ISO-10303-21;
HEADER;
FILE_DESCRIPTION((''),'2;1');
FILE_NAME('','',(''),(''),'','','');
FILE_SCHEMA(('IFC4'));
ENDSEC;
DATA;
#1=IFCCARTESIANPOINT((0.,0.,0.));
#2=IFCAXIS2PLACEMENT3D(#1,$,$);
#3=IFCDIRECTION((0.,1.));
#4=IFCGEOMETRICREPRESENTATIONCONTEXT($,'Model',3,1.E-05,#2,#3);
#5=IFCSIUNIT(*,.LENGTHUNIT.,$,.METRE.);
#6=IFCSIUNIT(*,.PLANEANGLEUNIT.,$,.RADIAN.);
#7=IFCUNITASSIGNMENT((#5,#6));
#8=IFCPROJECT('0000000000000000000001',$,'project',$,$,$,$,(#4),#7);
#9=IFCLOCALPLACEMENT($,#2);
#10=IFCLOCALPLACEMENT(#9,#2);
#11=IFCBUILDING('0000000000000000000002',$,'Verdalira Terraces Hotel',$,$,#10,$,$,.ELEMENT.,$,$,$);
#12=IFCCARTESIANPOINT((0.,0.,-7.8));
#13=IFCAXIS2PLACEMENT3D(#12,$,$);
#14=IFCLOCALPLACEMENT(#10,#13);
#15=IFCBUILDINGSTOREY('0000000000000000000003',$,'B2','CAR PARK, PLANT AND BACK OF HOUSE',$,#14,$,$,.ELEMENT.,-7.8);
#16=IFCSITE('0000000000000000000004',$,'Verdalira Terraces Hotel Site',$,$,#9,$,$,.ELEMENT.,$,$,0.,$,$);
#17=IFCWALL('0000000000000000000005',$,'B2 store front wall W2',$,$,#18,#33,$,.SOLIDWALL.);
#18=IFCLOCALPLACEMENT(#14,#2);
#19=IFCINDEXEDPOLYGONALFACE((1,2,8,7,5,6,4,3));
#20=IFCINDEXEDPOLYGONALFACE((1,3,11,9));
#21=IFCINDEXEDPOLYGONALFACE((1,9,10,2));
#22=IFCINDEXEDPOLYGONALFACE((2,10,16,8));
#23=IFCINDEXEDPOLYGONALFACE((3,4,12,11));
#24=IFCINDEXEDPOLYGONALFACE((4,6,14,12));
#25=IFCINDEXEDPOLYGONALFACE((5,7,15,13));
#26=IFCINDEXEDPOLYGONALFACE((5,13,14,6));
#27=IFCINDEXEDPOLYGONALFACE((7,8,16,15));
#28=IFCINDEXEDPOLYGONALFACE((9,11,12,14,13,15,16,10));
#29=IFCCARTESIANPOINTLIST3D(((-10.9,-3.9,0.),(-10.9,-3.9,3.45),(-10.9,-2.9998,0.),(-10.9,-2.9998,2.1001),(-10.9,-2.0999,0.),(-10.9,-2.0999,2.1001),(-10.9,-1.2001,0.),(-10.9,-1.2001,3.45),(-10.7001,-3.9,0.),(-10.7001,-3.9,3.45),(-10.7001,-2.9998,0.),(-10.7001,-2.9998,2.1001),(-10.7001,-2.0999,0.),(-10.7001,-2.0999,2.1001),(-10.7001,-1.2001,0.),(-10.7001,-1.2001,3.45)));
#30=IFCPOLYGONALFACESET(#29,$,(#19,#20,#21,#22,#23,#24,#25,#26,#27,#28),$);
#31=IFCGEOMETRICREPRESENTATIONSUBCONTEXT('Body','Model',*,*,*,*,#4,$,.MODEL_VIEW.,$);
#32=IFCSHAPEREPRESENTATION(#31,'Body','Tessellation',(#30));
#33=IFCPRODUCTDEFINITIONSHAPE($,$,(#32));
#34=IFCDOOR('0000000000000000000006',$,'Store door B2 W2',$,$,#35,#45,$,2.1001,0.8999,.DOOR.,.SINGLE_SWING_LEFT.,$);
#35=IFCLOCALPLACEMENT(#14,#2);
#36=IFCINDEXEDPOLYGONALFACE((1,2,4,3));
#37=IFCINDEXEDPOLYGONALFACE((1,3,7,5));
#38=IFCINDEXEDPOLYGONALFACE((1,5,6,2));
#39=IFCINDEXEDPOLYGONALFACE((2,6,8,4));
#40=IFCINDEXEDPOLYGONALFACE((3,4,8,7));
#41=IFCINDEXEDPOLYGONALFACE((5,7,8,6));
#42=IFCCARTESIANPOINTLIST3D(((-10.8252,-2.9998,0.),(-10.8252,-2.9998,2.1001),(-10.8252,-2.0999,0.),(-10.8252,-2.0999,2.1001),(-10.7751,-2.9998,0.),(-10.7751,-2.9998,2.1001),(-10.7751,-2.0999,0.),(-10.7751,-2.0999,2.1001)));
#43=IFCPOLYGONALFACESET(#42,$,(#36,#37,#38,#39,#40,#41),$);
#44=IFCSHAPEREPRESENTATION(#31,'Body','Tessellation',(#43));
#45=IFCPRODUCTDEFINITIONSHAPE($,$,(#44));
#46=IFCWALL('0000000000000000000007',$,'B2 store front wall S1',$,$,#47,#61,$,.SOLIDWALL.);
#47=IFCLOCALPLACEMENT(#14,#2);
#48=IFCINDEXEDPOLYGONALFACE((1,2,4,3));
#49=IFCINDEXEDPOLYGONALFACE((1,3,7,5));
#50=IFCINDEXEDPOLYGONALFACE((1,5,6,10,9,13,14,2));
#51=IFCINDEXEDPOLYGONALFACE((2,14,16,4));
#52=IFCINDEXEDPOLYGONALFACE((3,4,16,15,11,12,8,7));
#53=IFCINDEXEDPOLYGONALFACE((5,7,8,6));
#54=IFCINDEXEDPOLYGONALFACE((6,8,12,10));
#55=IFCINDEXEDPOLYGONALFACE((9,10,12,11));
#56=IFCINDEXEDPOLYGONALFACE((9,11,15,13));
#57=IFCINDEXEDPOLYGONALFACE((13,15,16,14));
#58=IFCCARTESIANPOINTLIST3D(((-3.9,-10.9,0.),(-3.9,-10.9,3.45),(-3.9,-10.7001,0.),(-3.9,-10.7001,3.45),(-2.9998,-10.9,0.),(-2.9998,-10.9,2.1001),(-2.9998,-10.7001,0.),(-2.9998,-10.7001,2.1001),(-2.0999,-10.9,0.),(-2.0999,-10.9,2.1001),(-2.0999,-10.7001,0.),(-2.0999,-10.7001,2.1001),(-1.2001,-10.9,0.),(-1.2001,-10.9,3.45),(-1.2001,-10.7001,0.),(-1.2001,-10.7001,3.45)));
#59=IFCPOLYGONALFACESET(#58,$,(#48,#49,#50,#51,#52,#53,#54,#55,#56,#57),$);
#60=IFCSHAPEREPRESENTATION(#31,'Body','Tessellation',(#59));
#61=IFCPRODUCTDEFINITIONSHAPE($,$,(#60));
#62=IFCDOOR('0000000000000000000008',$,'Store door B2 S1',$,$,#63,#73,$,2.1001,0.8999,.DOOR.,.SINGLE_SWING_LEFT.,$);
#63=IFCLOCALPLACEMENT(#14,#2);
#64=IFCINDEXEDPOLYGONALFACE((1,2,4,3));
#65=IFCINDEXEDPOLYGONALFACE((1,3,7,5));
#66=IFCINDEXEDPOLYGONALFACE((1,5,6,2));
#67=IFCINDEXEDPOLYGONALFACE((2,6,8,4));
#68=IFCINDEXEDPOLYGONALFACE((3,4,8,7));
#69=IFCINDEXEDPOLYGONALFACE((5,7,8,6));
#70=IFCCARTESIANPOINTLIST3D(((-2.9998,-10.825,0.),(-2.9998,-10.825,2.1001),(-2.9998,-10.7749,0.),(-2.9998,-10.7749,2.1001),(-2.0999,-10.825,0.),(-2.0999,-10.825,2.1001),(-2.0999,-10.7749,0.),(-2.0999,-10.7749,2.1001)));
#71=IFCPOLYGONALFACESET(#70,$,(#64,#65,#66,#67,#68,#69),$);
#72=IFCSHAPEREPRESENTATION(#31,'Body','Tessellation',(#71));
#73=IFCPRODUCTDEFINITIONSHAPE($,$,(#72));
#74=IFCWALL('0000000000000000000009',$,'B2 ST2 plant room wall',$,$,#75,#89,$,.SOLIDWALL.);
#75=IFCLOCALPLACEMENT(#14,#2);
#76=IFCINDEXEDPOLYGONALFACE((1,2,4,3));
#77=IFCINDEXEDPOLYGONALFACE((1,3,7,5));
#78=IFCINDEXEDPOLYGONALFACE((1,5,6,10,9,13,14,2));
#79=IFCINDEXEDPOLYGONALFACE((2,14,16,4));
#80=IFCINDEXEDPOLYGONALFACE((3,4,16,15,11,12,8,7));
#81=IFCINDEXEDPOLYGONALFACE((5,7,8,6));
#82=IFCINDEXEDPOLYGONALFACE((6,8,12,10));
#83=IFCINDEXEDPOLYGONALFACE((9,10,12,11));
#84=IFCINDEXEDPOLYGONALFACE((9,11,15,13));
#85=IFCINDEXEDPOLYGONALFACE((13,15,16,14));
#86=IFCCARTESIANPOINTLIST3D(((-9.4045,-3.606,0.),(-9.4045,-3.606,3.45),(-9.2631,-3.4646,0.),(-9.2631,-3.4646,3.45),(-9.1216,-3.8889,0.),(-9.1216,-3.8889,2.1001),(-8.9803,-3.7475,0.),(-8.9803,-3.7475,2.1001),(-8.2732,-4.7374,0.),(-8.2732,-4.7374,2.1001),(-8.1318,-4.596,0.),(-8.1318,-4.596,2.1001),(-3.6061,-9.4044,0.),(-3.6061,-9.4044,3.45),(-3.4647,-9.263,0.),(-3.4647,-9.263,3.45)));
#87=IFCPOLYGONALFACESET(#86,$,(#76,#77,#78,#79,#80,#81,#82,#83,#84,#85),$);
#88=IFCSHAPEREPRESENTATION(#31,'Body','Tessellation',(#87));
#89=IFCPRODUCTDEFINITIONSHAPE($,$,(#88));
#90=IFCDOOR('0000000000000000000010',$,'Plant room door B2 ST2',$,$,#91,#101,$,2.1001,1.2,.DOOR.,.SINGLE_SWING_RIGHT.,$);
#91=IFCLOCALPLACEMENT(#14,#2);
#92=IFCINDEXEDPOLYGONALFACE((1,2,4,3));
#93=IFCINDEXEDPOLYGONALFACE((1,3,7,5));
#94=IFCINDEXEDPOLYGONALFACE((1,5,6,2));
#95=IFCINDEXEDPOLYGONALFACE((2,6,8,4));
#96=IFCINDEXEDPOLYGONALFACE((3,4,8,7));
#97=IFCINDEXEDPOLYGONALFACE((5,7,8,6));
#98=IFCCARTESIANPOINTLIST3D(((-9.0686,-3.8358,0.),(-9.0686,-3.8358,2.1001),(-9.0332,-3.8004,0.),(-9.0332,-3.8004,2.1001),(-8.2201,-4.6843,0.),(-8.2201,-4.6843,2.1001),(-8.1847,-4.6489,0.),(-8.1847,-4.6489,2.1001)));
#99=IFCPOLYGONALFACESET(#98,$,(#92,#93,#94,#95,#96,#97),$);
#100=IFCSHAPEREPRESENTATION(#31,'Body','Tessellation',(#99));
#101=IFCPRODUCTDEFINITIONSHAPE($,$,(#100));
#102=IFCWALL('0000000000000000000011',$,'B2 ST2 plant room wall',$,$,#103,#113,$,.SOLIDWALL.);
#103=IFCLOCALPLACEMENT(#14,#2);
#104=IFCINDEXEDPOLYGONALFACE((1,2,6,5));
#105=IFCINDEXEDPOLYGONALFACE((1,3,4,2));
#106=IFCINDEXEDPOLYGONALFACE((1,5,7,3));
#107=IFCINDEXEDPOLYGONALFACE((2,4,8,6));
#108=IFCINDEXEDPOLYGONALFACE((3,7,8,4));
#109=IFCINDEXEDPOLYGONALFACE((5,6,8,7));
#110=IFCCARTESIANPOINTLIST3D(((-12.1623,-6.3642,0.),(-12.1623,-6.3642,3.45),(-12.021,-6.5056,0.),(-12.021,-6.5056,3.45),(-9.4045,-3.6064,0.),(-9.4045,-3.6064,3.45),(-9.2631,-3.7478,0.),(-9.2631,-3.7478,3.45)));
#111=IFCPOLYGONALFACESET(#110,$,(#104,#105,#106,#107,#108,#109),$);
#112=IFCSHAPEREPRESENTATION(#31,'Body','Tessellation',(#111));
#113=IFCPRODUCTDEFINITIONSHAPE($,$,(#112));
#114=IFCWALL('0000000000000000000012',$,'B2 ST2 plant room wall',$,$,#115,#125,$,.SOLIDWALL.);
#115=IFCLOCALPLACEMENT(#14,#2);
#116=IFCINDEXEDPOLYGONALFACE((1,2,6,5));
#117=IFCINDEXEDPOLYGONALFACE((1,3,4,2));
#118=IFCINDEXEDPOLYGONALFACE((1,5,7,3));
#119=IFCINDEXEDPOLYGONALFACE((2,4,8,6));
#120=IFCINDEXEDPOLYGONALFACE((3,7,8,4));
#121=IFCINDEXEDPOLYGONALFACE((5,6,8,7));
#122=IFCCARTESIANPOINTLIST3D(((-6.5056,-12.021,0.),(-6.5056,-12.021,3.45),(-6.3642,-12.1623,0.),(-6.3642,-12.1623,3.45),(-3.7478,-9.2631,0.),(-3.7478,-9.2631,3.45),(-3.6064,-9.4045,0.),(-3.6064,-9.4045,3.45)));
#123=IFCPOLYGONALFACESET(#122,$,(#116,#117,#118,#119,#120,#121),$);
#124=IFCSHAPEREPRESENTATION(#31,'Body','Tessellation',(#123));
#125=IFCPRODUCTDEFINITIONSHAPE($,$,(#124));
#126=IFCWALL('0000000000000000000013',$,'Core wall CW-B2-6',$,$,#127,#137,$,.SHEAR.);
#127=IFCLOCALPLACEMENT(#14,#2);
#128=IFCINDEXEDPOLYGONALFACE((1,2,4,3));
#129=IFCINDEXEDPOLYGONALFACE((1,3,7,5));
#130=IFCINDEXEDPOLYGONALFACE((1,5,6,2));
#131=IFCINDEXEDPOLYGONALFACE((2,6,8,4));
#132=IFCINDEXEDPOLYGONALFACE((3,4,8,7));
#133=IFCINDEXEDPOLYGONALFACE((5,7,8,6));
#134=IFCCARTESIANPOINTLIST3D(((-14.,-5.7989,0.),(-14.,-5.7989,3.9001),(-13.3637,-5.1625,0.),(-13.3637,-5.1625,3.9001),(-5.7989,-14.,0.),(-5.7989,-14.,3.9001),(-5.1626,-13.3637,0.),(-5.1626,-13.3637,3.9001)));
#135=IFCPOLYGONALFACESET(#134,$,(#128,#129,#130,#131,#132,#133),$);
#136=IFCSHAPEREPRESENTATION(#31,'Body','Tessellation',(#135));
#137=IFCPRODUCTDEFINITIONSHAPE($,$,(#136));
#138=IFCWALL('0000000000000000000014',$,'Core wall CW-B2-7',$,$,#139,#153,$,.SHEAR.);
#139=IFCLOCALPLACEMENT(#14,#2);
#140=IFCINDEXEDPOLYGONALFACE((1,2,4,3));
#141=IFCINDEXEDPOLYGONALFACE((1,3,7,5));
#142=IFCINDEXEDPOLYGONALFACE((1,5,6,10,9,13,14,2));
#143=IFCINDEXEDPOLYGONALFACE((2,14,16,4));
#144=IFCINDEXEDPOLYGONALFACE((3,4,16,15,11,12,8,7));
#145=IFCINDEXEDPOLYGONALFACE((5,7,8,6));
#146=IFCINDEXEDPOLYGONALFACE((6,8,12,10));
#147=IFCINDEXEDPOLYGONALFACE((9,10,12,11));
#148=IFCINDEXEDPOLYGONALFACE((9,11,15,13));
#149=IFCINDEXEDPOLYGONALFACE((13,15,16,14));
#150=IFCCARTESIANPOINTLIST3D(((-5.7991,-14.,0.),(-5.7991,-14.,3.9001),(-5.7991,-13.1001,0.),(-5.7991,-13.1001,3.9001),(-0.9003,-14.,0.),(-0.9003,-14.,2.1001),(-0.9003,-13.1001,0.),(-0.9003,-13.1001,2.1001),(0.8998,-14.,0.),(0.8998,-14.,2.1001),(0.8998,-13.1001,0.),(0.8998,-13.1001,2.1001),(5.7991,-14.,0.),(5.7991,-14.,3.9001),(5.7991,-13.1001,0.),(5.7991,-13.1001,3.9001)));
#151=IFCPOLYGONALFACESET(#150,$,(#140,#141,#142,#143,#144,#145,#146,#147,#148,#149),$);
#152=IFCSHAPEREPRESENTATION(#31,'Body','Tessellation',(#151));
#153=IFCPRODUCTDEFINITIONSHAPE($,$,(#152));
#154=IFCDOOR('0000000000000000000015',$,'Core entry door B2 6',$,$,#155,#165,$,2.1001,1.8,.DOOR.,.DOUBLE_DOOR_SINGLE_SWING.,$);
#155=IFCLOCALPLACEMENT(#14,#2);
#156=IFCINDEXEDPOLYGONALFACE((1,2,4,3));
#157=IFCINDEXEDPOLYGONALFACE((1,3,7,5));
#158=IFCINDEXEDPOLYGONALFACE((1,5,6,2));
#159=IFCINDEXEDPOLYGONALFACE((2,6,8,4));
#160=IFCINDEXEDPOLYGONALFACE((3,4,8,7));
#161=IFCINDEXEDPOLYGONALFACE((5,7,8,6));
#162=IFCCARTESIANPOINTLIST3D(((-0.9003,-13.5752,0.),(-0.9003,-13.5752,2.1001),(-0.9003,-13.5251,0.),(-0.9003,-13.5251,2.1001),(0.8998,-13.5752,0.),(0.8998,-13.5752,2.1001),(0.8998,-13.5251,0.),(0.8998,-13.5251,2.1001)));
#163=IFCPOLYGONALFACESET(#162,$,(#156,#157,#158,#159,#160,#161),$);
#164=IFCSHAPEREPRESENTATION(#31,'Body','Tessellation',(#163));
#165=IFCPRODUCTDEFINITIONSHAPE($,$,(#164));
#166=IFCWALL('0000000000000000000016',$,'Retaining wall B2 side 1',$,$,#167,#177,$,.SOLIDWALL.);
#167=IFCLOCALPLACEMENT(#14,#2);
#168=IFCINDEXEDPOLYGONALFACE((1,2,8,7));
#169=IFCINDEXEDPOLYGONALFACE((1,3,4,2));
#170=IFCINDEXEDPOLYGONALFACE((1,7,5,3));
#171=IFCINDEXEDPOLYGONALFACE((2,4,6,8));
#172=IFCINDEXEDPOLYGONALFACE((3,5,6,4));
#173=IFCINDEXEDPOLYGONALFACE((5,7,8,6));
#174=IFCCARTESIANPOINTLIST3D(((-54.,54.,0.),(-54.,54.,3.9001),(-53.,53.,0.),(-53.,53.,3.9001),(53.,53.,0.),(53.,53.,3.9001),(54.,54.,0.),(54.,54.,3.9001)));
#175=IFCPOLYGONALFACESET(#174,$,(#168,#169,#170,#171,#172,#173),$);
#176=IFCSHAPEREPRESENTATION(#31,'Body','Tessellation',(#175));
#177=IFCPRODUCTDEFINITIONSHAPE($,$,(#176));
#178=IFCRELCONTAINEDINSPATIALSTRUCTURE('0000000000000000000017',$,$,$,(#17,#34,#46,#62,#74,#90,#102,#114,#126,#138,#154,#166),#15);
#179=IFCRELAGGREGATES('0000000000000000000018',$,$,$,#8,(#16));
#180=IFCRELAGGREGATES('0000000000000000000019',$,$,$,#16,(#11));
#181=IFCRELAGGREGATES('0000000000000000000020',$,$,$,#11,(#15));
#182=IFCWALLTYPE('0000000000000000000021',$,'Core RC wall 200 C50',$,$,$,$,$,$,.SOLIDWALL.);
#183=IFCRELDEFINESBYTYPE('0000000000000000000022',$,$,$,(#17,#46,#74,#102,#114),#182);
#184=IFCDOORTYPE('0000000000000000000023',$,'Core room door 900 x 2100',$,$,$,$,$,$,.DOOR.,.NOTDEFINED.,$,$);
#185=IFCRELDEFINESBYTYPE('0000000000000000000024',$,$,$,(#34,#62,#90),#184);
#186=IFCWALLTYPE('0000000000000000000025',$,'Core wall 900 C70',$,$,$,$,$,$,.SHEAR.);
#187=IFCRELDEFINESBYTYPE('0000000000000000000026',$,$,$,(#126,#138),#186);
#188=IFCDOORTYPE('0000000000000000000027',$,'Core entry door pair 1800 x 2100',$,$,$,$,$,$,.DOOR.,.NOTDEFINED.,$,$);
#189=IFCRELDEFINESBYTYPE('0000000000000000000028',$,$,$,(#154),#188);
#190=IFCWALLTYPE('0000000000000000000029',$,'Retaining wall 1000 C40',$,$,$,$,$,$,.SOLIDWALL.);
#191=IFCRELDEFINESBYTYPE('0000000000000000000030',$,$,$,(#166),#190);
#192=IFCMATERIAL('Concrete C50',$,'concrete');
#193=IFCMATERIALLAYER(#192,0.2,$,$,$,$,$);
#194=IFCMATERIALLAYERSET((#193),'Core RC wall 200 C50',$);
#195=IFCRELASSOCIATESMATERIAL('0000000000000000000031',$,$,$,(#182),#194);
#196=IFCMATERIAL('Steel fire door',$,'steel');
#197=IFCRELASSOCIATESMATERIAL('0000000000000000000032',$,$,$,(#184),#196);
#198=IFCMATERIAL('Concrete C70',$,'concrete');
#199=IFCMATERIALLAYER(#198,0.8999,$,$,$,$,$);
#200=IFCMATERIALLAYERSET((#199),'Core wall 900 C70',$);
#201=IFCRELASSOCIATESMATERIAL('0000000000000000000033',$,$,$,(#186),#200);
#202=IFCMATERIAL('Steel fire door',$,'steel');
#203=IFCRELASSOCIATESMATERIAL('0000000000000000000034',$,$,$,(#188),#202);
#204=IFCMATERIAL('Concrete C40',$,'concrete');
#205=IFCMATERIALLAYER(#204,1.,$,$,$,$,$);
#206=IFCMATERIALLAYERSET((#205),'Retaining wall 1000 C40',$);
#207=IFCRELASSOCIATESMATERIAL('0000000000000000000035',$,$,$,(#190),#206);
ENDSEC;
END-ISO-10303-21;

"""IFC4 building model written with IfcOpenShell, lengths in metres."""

from ifc_helpers import new_model, si_unit, direction, frame, frame_2d, origin, place, context, subcontext, project, spatial, polyline, rectangle, outline, extrude, material, layer, layer_set, type_object, element, fill, save


model = new_model("IFC4")

# Units and contexts
model_context = context("Model", 3, precision=1e-05, world=origin(), true_north=direction((0.0, 1.0)))
body_context = subcontext(model_context, "Body", "Model", "MODEL_VIEW")
ifc_project = project(units=[si_unit("LENGTHUNIT", "METRE"), si_unit("PLANEANGLEUNIT", "RADIAN")], contexts=[model_context])

# Site, building, storey
site_placement = place(None, origin())
site = spatial("IfcSite", under=ifc_project, at=site_placement, Name="Verdalira Terraces Hotel Site", CompositionType="ELEMENT", RefElevation=0.0)
building_placement = place(site_placement, origin())
building = spatial("IfcBuilding", under=site, at=building_placement, Name="Verdalira Terraces Hotel", CompositionType="ELEMENT")
storey_placement = place(building_placement, frame((0.0, 0.0, -7.8)))
storey = spatial("IfcBuildingStorey", under=building, at=storey_placement, Name="B2", Description="CAR PARK, PLANT AND BACK OF HOUSE", CompositionType="ELEMENT", Elevation=-7.8)

# Shared definitions
ifc_material_1 = material(Name="Concrete C50", Category="concrete")
ifc_layer_1 = layer(ifc_material_1, 0.2)
ifc_layer_set_1 = layer_set([ifc_layer_1], Name="Core RC wall 200 C50")
wall_type_1 = type_object("IfcWallType", Name="Core RC wall 200 C50", PredefinedType="SOLIDWALL", material=ifc_layer_set_1)

# Walls, openings, doors
wall_1_placement = place(storey_placement, frame((-10.8, -1.2, 0.0), z_axis=(0.0, 0.0, 1.0), x_axis=(0.0, -1.0, 0.0)))
wall_1 = element("IfcWall", 1, at=wall_1_placement, inside=storey, type_object=wall_type_1, Name="B2 store front wall W2", PredefinedType="SOLIDWALL", context=body_context, shape_type="SweptSolid", body=[
    extrude(rectangle(XDim=2.7, YDim=0.2, at=frame_2d((1.3501, 0.0))), origin(), (0.0, 0.0, 1.0), 3.45),
])
opening_1_placement = place(wall_1_placement, frame((0.8999, 0.0, 0.0)))
opening_1 = element("IfcOpeningElement", 2, at=opening_1_placement, cuts=wall_1, PredefinedType="OPENING", context=body_context, shape_type="SweptSolid", body=[
    extrude(rectangle(XDim=0.8999, YDim=2.1001, at=frame_2d((0.45, 1.05))), frame((0.0, 0.1099, 0.0), z_axis=(0.0, -1.0, 0.0), x_axis=(1.0, 0.0, 0.0)), (0.0, 0.0, 1.0), 0.22),
])
ifc_material_2 = material(Name="Steel fire door", Category="steel")
door_type_1 = type_object("IfcDoorType", Name="Core room door 900 x 2100", OperationType="NOTDEFINED", PredefinedType="DOOR", material=ifc_material_2)
door_1_placement = place(opening_1_placement, origin())
door_1 = element("IfcDoor", 3, at=door_1_placement, inside=storey, type_object=door_type_1, Name="Store door B2 W2", OperationType="SINGLE_SWING_LEFT", OverallHeight=2.1001, OverallWidth=0.8999, PredefinedType="DOOR", context=body_context, shape_type="SweptSolid", body=[
    extrude(rectangle(XDim=0.8999, YDim=2.1001, at=frame_2d((0.45, 1.05))), frame((0.0, 0.0249, 0.0), z_axis=(0.0, -1.0, 0.0), x_axis=(1.0, 0.0, 0.0)), (0.0, 0.0, 1.0), 0.05),
])
fill(opening_1, door_1)
wall_2_placement = place(storey_placement, frame((-1.2, -10.8, 0.0), z_axis=(0.0, 0.0, 1.0), x_axis=(-1.0, 0.0, 0.0)))
wall_2 = element("IfcWall", 4, at=wall_2_placement, inside=storey, type_object=wall_type_1, Name="B2 store front wall S1", PredefinedType="SOLIDWALL", context=body_context, shape_type="SweptSolid", body=[
    extrude(rectangle(XDim=2.7, YDim=0.2, at=frame_2d((1.3501, 0.0))), origin(), (0.0, 0.0, 1.0), 3.45),
])
opening_2_placement = place(wall_2_placement, frame((0.8999, 0.0, 0.0)))
opening_2 = element("IfcOpeningElement", 5, at=opening_2_placement, cuts=wall_2, PredefinedType="OPENING", context=body_context, shape_type="SweptSolid", body=[
    extrude(rectangle(XDim=0.8999, YDim=2.1001, at=frame_2d((0.45, 1.05))), frame((0.0, 0.1099, 0.0), z_axis=(0.0, -1.0, 0.0), x_axis=(1.0, 0.0, 0.0)), (0.0, 0.0, 1.0), 0.22),
])
door_2_placement = place(opening_2_placement, origin())
door_2 = element("IfcDoor", 6, at=door_2_placement, inside=storey, type_object=door_type_1, Name="Store door B2 S1", OperationType="SINGLE_SWING_LEFT", OverallHeight=2.1001, OverallWidth=0.8999, PredefinedType="DOOR", context=body_context, shape_type="SweptSolid", body=[
    extrude(rectangle(XDim=0.8999, YDim=2.1001, at=frame_2d((0.45, 1.05))), frame((0.0, 0.0249, 0.0), z_axis=(0.0, -1.0, 0.0), x_axis=(1.0, 0.0, 0.0)), (0.0, 0.0, 1.0), 0.05),
])
fill(opening_2, door_2)
wall_3_placement = place(storey_placement, frame((-3.5354, -9.3337, 0.0), z_axis=(0.0, 0.0, 1.0), x_axis=(-0.707107, 0.707107, 0.0)))
wall_3 = element("IfcWall", 7, at=wall_3_placement, inside=storey, type_object=wall_type_1, Name="B2 ST2 plant room wall", PredefinedType="SOLIDWALL", context=body_context, shape_type="SweptSolid", body=[
    extrude(rectangle(XDim=8.2002, YDim=0.2, at=frame_2d((4.1001, 0.0))), origin(), (0.0, 0.0, 1.0), 3.45),
])
opening_3_placement = place(wall_3_placement, frame((6.6001, 0.0, 0.0)))
opening_3 = element("IfcOpeningElement", 8, at=opening_3_placement, cuts=wall_3, PredefinedType="OPENING", context=body_context, shape_type="SweptSolid", body=[
    extrude(rectangle(XDim=1.2, YDim=2.1001, at=frame_2d((0.6001, 1.05))), frame((0.0, 0.1099, 0.0), z_axis=(0.0, -1.0, 0.0), x_axis=(1.0, 0.0, 0.0)), (0.0, 0.0, 1.0), 0.22),
])
door_3_placement = place(opening_3_placement, origin())
door_3 = element("IfcDoor", 9, at=door_3_placement, inside=storey, type_object=door_type_1, Name="Plant room door B2 ST2", OperationType="SINGLE_SWING_RIGHT", OverallHeight=2.1001, OverallWidth=1.2, PredefinedType="DOOR", context=body_context, shape_type="SweptSolid", body=[
    extrude(rectangle(XDim=1.2, YDim=2.1001, at=frame_2d((0.6001, 1.05))), frame((0.0, 0.0249, 0.0), z_axis=(0.0, -1.0, 0.0), x_axis=(1.0, 0.0, 0.0)), (0.0, 0.0, 1.0), 0.05),
])
fill(opening_3, door_3)

# Walls
for number, where, z_axis, x_axis, name in (
    (10, (-9.3337, -3.677, 0.0), (0.0, 0.0, 1.0), (-0.707107, -0.707107, 0.0), "B2 ST2 plant room wall"),
    (11, (-3.677, -9.3337, 0.0), (0.0, 0.0, 1.0), (-0.707107, -0.707107, 0.0), "B2 ST2 plant room wall"),
):
    element("IfcWall", number, at=place(storey_placement, frame(where, z_axis=z_axis, x_axis=x_axis)), inside=storey, type_object=wall_type_1, Name=name, PredefinedType="SOLIDWALL", context=body_context, shape_type="SweptSolid", body=[
        extrude(rectangle(XDim=3.9001, YDim=0.2, at=frame_2d((1.9502, 0.0))), origin(), (0.0, 0.0, 1.0), 3.45),
    ])
ifc_material_3 = material(Name="Concrete C70", Category="concrete")
ifc_layer_2 = layer(ifc_material_3, 0.8999)
ifc_layer_set_2 = layer_set([ifc_layer_2], Name="Core wall 900 C70")
wall_type_2 = type_object("IfcWallType", Name="Core wall 900 C70", PredefinedType="SHEAR", material=ifc_layer_set_2)
wall_4_placement = place(storey_placement, frame((-13.6819, -5.4807, 0.0), z_axis=(0.0, 0.0, 1.0), x_axis=(0.707107, -0.707107, 0.0)))
element("IfcWall", 12, at=wall_4_placement, inside=storey, type_object=wall_type_2, Name="Core wall CW-B2-6", PredefinedType="SHEAR", context=body_context, shape_type="SweptSolid", body=[
    extrude(rectangle(XDim=11.5981, YDim=0.8999, at=frame_2d((5.7991, 0.0))), origin(), (0.0, 0.0, 1.0), 3.9001),
])

# Wall, opening, door
wall_5_placement = place(storey_placement, frame((-5.7991, -13.55, 0.0), z_axis=(0.0, 0.0, 1.0), x_axis=(1.0, 0.0, 0.0)))
wall_5 = element("IfcWall", 13, at=wall_5_placement, inside=storey, type_object=wall_type_2, Name="Core wall CW-B2-7", PredefinedType="SHEAR", context=body_context, shape_type="SweptSolid", body=[
    extrude(rectangle(XDim=11.5981, YDim=0.8999, at=frame_2d((5.7991, 0.0))), origin(), (0.0, 0.0, 1.0), 3.9001),
])
opening_4_placement = place(wall_5_placement, frame((4.8989, 0.0, 0.0)))
opening_4 = element("IfcOpeningElement", 14, at=opening_4_placement, cuts=wall_5, PredefinedType="OPENING", context=body_context, shape_type="SweptSolid", body=[
    extrude(rectangle(XDim=1.8, YDim=2.1001, at=frame_2d((0.8999, 1.05))), frame((0.0, 0.46, 0.0), z_axis=(0.0, -1.0, 0.0), x_axis=(1.0, 0.0, 0.0)), (0.0, 0.0, 1.0), 0.9199),
])
ifc_material_4 = material(Name="Steel fire door", Category="steel")
door_type_2 = type_object("IfcDoorType", Name="Core entry door pair 1800 x 2100", OperationType="NOTDEFINED", PredefinedType="DOOR", material=ifc_material_4)
door_4_placement = place(opening_4_placement, origin())
door_4 = element("IfcDoor", 15, at=door_4_placement, inside=storey, type_object=door_type_2, Name="Core entry door B2 6", OperationType="DOUBLE_DOOR_SINGLE_SWING", OverallHeight=2.1001, OverallWidth=1.8, PredefinedType="DOOR", context=body_context, shape_type="SweptSolid", body=[
    extrude(rectangle(XDim=1.8, YDim=2.1001, at=frame_2d((0.8999, 1.05))), frame((0.0, 0.0249, 0.0), z_axis=(0.0, -1.0, 0.0), x_axis=(1.0, 0.0, 0.0)), (0.0, 0.0, 1.0), 0.05),
])
fill(opening_4, door_4)

# Wall
ifc_material_5 = material(Name="Concrete C40", Category="concrete")
ifc_layer_3 = layer(ifc_material_5, 1.0)
ifc_layer_set_3 = layer_set([ifc_layer_3], Name="Retaining wall 1000 C40")
wall_type_3 = type_object("IfcWallType", Name="Retaining wall 1000 C40", PredefinedType="SOLIDWALL", material=ifc_layer_set_3)
wall_6_placement = place(storey_placement, origin())
element("IfcWall", 16, at=wall_6_placement, inside=storey, type_object=wall_type_3, Name="Retaining wall B2 side 1", PredefinedType="SOLIDWALL", context=body_context, shape_type="SweptSolid", body=[
    extrude(outline(polyline([(54.0, 54.0), (-54.0, 54.0), (-53.0, 53.0), (53.0, 53.0), (54.0, 54.0)])), origin(), (0.0, 0.0, 1.0), 3.9001),
])

save(model, "model.ifc")
